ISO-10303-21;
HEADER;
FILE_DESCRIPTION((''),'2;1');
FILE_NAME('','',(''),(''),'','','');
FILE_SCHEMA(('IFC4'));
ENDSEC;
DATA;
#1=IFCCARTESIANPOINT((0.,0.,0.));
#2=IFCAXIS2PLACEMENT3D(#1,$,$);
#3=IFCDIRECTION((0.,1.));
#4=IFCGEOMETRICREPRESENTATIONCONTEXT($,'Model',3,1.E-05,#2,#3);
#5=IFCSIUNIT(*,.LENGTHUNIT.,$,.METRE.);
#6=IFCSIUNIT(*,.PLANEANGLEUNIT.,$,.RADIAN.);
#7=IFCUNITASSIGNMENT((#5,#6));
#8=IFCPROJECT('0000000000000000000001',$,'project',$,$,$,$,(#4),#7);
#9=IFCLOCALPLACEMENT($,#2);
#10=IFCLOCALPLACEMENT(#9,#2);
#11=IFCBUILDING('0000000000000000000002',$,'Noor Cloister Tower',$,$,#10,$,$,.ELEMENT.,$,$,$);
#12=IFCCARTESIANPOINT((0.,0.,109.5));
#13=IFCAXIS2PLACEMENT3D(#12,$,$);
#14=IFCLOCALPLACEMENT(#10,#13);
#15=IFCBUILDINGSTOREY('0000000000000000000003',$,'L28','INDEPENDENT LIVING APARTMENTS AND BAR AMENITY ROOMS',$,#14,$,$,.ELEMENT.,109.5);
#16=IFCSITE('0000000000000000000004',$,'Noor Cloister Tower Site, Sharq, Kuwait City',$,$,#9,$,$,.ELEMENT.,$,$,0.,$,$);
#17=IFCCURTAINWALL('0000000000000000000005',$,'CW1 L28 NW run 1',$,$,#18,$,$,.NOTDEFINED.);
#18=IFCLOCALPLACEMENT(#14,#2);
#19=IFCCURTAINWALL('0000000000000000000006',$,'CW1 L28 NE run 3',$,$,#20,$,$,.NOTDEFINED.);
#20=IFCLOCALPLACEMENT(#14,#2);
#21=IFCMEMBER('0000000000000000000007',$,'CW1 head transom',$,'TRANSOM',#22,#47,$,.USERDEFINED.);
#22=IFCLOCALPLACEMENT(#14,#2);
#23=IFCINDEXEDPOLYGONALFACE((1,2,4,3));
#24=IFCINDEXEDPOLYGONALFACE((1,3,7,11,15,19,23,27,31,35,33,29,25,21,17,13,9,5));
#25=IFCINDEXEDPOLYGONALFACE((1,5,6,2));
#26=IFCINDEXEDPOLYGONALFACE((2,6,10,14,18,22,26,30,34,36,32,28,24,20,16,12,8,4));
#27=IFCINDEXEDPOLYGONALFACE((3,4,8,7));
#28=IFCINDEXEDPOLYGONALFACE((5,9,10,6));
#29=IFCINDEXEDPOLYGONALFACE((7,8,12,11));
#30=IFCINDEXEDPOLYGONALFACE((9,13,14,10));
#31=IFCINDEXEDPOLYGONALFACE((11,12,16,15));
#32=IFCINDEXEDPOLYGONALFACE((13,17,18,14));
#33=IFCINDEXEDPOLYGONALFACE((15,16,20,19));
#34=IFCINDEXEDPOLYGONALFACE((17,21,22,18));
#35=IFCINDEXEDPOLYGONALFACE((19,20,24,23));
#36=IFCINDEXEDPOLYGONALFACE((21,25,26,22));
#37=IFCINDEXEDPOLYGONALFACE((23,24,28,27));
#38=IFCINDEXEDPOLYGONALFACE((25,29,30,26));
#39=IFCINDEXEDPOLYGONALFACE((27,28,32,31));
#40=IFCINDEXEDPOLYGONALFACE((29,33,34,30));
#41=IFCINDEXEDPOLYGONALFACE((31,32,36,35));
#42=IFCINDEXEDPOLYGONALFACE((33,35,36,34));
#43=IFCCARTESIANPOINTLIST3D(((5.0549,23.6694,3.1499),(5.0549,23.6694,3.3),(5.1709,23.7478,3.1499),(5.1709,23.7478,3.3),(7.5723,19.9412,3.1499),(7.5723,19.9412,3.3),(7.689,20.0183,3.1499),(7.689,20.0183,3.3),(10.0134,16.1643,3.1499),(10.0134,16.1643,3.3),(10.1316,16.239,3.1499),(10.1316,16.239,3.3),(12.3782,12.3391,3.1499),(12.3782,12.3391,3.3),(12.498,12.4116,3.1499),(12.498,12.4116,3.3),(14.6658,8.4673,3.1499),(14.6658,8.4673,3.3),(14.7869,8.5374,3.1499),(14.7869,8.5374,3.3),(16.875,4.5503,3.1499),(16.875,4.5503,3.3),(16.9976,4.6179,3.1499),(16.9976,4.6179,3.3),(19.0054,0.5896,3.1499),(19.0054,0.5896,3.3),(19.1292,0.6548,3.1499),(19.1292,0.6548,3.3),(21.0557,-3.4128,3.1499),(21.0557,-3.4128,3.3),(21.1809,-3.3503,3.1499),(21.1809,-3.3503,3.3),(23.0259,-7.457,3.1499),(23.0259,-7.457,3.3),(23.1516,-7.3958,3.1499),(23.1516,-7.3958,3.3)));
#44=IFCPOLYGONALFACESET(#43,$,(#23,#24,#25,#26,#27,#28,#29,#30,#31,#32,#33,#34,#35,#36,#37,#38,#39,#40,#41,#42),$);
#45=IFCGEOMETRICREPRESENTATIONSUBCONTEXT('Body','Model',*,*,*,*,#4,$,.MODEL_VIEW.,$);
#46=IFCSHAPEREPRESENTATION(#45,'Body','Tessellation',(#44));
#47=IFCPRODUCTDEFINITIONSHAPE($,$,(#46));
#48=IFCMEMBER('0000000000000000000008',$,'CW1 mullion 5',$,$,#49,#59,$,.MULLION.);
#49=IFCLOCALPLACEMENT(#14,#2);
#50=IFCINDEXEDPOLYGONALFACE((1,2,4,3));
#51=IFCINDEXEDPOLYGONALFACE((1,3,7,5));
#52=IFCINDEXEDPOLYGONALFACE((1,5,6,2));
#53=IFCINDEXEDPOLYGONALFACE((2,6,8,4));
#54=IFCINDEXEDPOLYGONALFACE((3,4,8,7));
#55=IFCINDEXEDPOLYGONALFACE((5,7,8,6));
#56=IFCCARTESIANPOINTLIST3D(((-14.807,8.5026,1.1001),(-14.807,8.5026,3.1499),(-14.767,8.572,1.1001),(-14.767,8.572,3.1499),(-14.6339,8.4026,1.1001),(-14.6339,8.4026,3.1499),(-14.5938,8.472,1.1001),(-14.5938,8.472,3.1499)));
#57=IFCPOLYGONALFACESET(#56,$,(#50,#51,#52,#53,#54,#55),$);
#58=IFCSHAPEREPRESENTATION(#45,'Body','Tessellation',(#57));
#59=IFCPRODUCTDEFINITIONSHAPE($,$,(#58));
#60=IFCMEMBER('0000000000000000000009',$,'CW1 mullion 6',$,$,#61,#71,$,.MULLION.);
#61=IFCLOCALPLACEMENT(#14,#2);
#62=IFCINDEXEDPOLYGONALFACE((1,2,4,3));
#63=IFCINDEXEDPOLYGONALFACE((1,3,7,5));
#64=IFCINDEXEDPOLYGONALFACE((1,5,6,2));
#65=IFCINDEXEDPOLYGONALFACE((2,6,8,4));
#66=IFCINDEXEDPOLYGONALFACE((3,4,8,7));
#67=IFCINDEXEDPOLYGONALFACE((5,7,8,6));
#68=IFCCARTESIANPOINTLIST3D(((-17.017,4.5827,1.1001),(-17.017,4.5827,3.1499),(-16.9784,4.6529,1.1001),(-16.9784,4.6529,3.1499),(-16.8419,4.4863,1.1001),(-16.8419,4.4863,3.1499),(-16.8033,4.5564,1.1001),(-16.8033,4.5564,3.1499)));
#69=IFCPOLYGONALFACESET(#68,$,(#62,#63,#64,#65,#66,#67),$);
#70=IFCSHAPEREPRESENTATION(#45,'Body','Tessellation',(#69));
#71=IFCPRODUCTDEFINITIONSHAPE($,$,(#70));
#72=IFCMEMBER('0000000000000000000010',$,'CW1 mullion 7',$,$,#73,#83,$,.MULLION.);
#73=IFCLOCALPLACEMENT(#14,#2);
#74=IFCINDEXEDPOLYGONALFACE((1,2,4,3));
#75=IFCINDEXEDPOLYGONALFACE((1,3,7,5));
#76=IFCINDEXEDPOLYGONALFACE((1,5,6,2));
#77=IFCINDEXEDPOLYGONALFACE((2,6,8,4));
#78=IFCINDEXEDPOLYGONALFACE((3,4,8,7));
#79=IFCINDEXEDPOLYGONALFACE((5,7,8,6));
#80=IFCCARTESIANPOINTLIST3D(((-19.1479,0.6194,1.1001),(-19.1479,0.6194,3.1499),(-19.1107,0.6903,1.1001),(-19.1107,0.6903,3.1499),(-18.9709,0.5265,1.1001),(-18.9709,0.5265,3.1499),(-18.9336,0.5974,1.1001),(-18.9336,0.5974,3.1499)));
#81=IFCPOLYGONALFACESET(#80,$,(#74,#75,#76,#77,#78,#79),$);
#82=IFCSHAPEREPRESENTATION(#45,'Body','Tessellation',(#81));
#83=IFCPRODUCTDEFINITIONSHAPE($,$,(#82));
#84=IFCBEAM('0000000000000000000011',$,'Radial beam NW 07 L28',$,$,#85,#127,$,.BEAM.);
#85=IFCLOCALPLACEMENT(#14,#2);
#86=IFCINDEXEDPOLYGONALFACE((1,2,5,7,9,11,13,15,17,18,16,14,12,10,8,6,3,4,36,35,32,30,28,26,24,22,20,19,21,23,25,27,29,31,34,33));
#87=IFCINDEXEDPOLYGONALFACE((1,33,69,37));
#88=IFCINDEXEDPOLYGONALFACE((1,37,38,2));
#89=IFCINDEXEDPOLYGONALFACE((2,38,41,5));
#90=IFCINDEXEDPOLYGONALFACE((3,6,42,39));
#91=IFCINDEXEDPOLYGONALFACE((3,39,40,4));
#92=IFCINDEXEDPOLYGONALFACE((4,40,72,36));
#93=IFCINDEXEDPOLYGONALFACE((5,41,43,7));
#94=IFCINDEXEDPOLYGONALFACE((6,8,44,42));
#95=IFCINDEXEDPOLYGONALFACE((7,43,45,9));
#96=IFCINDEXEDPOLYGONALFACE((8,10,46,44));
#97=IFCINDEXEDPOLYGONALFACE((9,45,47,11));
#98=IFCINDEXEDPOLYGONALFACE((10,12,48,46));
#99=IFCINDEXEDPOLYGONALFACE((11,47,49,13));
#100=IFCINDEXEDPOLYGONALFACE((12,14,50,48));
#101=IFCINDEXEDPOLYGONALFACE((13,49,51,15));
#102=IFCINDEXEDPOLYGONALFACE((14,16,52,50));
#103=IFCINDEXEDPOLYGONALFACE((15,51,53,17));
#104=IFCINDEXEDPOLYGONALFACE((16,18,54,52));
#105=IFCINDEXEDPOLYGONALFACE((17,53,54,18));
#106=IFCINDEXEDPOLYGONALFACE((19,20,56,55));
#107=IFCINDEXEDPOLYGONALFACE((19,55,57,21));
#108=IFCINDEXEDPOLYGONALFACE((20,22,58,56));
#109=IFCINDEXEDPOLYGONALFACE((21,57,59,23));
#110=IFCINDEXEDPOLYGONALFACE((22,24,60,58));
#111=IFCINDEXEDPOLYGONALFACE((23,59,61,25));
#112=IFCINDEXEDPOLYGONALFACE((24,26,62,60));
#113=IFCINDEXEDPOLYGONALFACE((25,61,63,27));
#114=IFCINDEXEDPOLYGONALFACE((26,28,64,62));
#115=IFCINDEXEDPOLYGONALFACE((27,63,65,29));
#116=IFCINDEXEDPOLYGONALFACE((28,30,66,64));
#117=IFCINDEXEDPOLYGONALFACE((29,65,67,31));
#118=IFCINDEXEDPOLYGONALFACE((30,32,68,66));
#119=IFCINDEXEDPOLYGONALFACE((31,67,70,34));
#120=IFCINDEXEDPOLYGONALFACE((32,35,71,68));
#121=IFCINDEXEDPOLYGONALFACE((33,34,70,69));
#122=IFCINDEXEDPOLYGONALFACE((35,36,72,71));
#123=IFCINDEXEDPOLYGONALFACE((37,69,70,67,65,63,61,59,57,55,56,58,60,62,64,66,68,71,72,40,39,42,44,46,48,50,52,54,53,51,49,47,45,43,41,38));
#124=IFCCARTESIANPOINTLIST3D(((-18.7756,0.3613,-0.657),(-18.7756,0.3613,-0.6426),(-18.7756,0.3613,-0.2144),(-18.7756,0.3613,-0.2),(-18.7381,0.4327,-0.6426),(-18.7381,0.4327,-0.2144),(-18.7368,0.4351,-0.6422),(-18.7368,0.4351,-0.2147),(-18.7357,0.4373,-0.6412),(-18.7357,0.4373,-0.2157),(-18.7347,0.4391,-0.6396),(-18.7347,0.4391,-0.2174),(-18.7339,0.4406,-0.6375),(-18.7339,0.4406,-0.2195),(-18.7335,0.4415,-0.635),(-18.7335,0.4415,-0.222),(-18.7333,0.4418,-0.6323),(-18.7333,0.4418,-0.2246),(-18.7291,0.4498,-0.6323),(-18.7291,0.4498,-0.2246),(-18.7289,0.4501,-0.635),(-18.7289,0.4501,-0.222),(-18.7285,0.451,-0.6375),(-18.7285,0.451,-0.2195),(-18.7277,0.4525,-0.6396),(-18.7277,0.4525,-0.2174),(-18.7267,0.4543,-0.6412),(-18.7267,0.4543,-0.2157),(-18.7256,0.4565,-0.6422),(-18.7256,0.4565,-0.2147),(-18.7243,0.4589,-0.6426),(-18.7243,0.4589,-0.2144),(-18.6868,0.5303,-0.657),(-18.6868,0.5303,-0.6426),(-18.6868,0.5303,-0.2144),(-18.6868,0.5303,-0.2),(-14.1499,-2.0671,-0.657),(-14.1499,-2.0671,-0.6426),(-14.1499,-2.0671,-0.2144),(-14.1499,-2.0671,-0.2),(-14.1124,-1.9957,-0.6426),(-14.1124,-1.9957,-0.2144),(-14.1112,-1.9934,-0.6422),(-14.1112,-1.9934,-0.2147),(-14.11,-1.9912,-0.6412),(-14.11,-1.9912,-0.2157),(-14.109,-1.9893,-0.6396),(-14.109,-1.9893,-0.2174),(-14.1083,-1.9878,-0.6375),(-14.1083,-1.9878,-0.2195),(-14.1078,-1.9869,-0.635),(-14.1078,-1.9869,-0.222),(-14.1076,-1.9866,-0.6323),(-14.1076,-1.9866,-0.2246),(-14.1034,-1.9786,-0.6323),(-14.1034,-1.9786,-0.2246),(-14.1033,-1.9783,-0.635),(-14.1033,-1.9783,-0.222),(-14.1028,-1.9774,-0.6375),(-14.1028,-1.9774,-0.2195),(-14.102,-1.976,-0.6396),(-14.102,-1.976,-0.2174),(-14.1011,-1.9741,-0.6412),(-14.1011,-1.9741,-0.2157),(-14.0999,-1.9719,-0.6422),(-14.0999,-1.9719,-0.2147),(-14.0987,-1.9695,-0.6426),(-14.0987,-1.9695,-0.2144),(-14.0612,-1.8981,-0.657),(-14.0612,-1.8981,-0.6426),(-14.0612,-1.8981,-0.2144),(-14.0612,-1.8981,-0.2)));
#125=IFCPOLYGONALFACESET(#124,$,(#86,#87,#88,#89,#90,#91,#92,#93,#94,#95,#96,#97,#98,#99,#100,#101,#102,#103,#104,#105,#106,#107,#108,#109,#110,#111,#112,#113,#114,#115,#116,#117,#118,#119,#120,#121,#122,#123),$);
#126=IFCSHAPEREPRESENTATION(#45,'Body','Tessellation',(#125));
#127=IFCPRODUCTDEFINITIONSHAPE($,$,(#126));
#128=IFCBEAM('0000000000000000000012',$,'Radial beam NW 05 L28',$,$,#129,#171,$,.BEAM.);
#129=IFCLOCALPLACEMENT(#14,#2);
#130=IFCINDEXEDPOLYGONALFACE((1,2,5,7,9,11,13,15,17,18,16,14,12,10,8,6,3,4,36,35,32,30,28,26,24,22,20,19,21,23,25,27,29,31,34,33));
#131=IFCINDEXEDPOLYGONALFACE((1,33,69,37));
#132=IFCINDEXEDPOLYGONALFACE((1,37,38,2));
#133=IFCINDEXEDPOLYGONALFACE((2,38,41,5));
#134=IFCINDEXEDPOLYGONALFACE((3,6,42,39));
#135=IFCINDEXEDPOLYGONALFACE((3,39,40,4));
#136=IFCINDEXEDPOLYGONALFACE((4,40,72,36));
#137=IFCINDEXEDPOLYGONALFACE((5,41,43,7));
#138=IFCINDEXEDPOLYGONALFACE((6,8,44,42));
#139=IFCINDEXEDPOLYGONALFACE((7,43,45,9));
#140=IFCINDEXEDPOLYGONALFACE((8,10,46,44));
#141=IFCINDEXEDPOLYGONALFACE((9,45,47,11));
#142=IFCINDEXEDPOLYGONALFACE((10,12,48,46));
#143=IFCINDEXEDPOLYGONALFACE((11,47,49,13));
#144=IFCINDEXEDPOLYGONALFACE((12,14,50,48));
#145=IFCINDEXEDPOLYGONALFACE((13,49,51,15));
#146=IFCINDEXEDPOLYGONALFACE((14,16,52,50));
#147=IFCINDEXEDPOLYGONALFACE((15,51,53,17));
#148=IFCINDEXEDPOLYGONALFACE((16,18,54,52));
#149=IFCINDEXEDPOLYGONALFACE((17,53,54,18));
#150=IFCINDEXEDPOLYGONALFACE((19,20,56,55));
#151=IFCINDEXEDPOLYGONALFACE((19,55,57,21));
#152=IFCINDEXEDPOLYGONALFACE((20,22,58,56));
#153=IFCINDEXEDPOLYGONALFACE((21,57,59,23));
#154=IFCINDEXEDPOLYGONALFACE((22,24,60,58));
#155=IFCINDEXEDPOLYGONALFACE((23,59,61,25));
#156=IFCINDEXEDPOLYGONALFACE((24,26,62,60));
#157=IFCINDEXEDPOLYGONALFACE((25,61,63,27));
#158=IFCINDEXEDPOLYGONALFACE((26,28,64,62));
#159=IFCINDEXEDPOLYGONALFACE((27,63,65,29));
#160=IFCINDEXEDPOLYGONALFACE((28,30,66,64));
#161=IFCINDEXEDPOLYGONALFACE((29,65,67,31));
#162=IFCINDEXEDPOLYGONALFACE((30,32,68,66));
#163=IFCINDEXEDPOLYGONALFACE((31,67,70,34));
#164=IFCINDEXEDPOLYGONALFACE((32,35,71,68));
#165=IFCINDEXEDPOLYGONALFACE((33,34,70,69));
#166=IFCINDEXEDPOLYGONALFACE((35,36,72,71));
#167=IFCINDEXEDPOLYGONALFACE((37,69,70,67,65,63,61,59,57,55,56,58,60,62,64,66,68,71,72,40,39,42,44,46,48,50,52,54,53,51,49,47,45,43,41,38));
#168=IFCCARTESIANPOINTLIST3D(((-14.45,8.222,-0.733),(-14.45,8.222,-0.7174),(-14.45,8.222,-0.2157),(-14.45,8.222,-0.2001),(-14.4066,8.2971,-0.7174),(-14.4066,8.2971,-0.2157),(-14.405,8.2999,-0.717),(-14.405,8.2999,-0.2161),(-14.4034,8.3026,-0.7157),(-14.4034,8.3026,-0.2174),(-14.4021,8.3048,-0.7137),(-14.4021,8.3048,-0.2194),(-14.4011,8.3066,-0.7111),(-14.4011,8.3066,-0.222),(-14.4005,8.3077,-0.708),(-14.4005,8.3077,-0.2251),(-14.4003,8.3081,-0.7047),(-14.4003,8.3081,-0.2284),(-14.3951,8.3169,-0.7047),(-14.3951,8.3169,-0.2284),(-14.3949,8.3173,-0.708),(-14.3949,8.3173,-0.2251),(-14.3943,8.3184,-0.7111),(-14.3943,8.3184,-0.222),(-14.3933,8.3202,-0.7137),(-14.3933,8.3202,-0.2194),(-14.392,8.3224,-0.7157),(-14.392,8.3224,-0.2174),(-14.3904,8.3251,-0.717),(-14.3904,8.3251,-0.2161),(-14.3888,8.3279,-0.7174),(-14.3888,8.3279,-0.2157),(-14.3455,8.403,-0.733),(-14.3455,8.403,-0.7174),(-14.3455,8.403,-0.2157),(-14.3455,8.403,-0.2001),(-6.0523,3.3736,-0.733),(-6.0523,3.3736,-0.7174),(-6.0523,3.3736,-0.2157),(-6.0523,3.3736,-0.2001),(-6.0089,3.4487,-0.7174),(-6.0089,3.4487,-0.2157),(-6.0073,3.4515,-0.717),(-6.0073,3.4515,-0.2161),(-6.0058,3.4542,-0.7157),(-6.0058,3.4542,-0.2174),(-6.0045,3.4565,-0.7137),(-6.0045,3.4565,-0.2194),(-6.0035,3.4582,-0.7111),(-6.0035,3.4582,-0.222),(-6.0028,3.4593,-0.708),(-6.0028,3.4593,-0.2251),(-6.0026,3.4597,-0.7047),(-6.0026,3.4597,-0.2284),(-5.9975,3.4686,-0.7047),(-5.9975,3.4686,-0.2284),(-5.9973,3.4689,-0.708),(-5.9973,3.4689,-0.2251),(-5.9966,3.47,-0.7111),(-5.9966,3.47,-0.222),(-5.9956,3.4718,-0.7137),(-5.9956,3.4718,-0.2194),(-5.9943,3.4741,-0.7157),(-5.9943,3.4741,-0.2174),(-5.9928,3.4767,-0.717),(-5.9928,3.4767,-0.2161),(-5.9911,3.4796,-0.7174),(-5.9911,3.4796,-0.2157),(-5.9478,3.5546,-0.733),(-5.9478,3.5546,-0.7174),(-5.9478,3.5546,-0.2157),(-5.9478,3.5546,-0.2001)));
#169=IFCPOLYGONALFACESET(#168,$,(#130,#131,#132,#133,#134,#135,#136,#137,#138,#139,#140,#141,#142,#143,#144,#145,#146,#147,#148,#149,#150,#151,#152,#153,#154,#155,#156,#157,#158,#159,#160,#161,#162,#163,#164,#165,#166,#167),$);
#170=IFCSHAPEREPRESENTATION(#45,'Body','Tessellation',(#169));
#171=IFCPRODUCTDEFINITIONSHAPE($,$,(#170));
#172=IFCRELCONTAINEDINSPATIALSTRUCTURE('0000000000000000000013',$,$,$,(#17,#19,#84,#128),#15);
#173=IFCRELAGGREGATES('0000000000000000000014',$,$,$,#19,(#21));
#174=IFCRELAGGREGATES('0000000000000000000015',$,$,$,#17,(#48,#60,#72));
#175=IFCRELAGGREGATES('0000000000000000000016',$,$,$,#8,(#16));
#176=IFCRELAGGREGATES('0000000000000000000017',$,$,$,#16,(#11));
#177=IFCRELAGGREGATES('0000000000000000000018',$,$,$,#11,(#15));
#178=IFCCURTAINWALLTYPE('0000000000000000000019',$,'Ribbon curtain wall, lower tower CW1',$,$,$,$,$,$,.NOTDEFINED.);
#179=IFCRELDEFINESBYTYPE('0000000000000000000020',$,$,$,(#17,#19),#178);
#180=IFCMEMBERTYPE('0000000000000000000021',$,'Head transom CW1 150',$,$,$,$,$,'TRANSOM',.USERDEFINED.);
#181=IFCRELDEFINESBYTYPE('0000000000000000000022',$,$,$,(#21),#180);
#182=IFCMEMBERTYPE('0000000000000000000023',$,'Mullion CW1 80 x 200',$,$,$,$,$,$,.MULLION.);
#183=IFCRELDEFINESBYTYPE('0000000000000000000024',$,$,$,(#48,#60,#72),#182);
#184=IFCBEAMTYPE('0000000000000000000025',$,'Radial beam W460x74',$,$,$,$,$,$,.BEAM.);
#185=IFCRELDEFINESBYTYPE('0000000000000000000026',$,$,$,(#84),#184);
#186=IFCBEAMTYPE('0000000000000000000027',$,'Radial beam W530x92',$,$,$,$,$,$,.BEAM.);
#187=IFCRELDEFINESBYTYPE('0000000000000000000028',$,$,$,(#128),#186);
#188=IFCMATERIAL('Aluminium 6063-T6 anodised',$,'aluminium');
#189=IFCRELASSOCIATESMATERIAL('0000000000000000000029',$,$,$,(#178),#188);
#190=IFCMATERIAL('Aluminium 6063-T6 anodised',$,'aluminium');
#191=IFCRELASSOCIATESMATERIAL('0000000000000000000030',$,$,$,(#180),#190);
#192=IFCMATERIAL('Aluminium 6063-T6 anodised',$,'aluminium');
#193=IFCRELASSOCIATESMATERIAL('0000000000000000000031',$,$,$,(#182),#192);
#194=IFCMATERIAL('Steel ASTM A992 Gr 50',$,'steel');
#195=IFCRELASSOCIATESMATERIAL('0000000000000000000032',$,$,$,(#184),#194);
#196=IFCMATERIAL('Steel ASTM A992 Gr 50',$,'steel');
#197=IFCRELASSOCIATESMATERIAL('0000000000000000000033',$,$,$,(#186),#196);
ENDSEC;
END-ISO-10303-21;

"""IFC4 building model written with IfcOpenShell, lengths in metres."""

from ifc_helpers import new_model, si_unit, direction, frame, origin, origin_2d, place, context, subcontext, project, spatial, polyline, rectangle, i_section, outline, extrude, material, material_profile, profile_set, type_object, element, aggregate, save


model = new_model("IFC4")

# Units and contexts
model_context = context("Model", 3, precision=1e-05, world=origin(), true_north=direction((0.0, 1.0)))
body_context = subcontext(model_context, "Body", "Model", "MODEL_VIEW")
ifc_project = project(units=[si_unit("LENGTHUNIT", "METRE"), si_unit("PLANEANGLEUNIT", "RADIAN")], contexts=[model_context])

# Site, building, storey
site_placement = place(None, origin())
site = spatial("IfcSite", under=ifc_project, at=site_placement, Name="Noor Cloister Tower Site, Sharq, Kuwait City", CompositionType="ELEMENT", RefElevation=0.0)
building_placement = place(site_placement, origin())
building = spatial("IfcBuilding", under=site, at=building_placement, Name="Noor Cloister Tower", CompositionType="ELEMENT")
storey_placement = place(building_placement, frame((0.0, 0.0, 109.5)))
storey = spatial("IfcBuildingStorey", under=building, at=storey_placement, Name="L28", Description="INDEPENDENT LIVING APARTMENTS AND BAR AMENITY ROOMS", CompositionType="ELEMENT", Elevation=109.5)

# Curtain walls, member
ifc_material_1 = material(Name="Aluminium 6063-T6 anodised", Category="aluminium")
curtain_wall_type = type_object("IfcCurtainWallType", Name="Ribbon curtain wall, lower tower CW1", PredefinedType="NOTDEFINED", material=ifc_material_1)
curtain_wall_1_placement = place(storey_placement, origin())
curtain_wall_1 = element("IfcCurtainWall", 1, at=curtain_wall_1_placement, inside=storey, type_object=curtain_wall_type, Name="CW1 L28 NW run 1", PredefinedType="NOTDEFINED")
ifc_material_2 = material(Name="Aluminium 6063-T6 anodised", Category="aluminium")
member_type_1 = type_object("IfcMemberType", Name="Head transom CW1 150", ElementType="TRANSOM", PredefinedType="USERDEFINED", material=ifc_material_2)
curtain_wall_2_placement = place(storey_placement, origin())
curtain_wall_2 = element("IfcCurtainWall", 2, at=curtain_wall_2_placement, inside=storey, type_object=curtain_wall_type, Name="CW1 L28 NE run 3", PredefinedType="NOTDEFINED")
member_1_placement = place(storey_placement, frame((0.0, 0.0, 3.1499)))
member_1 = element("IfcMember", 3, at=member_1_placement, type_object=member_type_1, Name="CW1 head transom", ObjectType="TRANSOM", PredefinedType="USERDEFINED", context=body_context, shape_type="SweptSolid", body=[
    extrude(outline(polyline([(23.1516, -7.3958), (21.1809, -3.3503), (19.1292, 0.6548), (16.9976, 4.6179), (14.7869, 8.5374), (12.498, 12.4116), (10.1316, 16.239), (7.689, 20.0183), (5.1709, 23.7478), (5.0549, 23.6694), (7.5723, 19.9412), (10.0134, 16.1643), (12.3782, 12.3391), (14.6658, 8.4673), (16.875, 4.5503), (19.0054, 0.5896), (21.0557, -3.4128), (23.0259, -7.457), (23.1516, -7.3958)])), origin(), (0.0, 0.0, 1.0), 0.1501),
])

# Members
ifc_material_3 = material(Name="Aluminium 6063-T6 anodised", Category="aluminium")
ifc_material_profile_1 = material_profile(ifc_material_3, rectangle(XDim=0.2, YDim=0.0801, at=origin_2d()), Name="200 x 80 mullion")
ifc_profile_set_1 = profile_set([ifc_material_profile_1], Name="Aluminium 6063-T6 anodised")
member_type_2 = type_object("IfcMemberType", Name="Mullion CW1 80 x 200", PredefinedType="MULLION", material=ifc_profile_set_1)
member_2_placement = place(storey_placement, frame((-14.7004, 8.4873, 1.1001), z_axis=(0.0, 0.0, 1.0), x_axis=(0.866025, -0.5, 0.0)))
member_2 = element("IfcMember", 4, at=member_2_placement, type_object=member_type_2, Name="CW1 mullion 5", PredefinedType="MULLION", context=body_context, shape_type="SweptSolid", body=[
    extrude(rectangle(XDim=0.2, YDim=0.0801, at=origin_2d()), origin(), (0.0, 0.0, 1.0), 2.0498),
])
member_3_placement = place(storey_placement, frame((-16.9102, 4.5696, 1.1001), z_axis=(0.0, 0.0, 1.0), x_axis=(0.87589, -0.482512, 0.0)))
member_3 = element("IfcMember", 5, at=member_3_placement, type_object=member_type_2, Name="CW1 mullion 6", PredefinedType="MULLION", context=body_context, shape_type="SweptSolid", body=[
    extrude(rectangle(XDim=0.2, YDim=0.0801, at=origin_2d()), origin(), (0.0, 0.0, 1.0), 2.0498),
])
member_4_placement = place(storey_placement, frame((-19.0408, 0.6084, 1.1001), z_axis=(0.0, 0.0, 1.0), x_axis=(0.885401, -0.464829, 0.0)))
member_4 = element("IfcMember", 6, at=member_4_placement, type_object=member_type_2, Name="CW1 mullion 7", PredefinedType="MULLION", context=body_context, shape_type="SweptSolid", body=[
    extrude(rectangle(XDim=0.2, YDim=0.0801, at=origin_2d()), origin(), (0.0, 0.0, 1.0), 2.0498),
])

# Beams
ifc_material_4 = material(Name="Steel ASTM A992 Gr 50", Category="steel")
ifc_material_profile_2 = material_profile(ifc_material_4, i_section(OverallWidth=0.1909, OverallDepth=0.457, WebThickness=0.009, FlangeThickness=0.0144, FilletRadius=0.0103, at=origin_2d()), Name="W460x74")
ifc_profile_set_2 = profile_set([ifc_material_profile_2], Name="Steel ASTM A992 Gr 50")
beam_type_1 = type_object("IfcBeamType", Name="Radial beam W460x74", PredefinedType="BEAM", material=ifc_profile_set_2)
beam_1_placement = place(storey_placement, frame((-18.7312, 0.4458, -0.4285), z_axis=(0.885401, -0.464827, 0.0), x_axis=(0.464827, 0.885401, 0.0)))
element("IfcBeam", 7, at=beam_1_placement, inside=storey, type_object=beam_type_1, Name="Radial beam NW 07 L28", PredefinedType="BEAM", context=body_context, shape_type="SweptSolid", body=[
    extrude(i_section(OverallWidth=0.1909, OverallDepth=0.457, WebThickness=0.009, FlangeThickness=0.0144, FilletRadius=0.0103, at=origin_2d()), origin(), (0.0, 0.0, 1.0), 5.2244),
])
ifc_material_5 = material(Name="Steel ASTM A992 Gr 50", Category="steel")
ifc_material_profile_3 = material_profile(ifc_material_5, i_section(OverallWidth=0.209, OverallDepth=0.533, WebThickness=0.0103, FlangeThickness=0.0156, FilletRadius=0.0127, at=origin_2d()), Name="W530x92")
ifc_profile_set_3 = profile_set([ifc_material_profile_3], Name="Steel ASTM A992 Gr 50")
beam_type_2 = type_object("IfcBeamType", Name="Radial beam W530x92", PredefinedType="BEAM", material=ifc_profile_set_3)
beam_2_placement = place(storey_placement, frame((-14.3977, 8.3125, -0.4666), z_axis=(0.866027, -0.499998, 0.0), x_axis=(0.499998, 0.866027, 0.0)))
element("IfcBeam", 8, at=beam_2_placement, inside=storey, type_object=beam_type_2, Name="Radial beam NW 05 L28", PredefinedType="BEAM", context=body_context, shape_type="SweptSolid", body=[
    extrude(i_section(OverallWidth=0.209, OverallDepth=0.533, WebThickness=0.0103, FlangeThickness=0.0156, FilletRadius=0.0127, at=origin_2d()), origin(), (0.0, 0.0, 1.0), 9.6968),
])

aggregate(curtain_wall_2, [member_1])

aggregate(curtain_wall_1, [member_2, member_3, member_4])

save(model, "model.ifc")
